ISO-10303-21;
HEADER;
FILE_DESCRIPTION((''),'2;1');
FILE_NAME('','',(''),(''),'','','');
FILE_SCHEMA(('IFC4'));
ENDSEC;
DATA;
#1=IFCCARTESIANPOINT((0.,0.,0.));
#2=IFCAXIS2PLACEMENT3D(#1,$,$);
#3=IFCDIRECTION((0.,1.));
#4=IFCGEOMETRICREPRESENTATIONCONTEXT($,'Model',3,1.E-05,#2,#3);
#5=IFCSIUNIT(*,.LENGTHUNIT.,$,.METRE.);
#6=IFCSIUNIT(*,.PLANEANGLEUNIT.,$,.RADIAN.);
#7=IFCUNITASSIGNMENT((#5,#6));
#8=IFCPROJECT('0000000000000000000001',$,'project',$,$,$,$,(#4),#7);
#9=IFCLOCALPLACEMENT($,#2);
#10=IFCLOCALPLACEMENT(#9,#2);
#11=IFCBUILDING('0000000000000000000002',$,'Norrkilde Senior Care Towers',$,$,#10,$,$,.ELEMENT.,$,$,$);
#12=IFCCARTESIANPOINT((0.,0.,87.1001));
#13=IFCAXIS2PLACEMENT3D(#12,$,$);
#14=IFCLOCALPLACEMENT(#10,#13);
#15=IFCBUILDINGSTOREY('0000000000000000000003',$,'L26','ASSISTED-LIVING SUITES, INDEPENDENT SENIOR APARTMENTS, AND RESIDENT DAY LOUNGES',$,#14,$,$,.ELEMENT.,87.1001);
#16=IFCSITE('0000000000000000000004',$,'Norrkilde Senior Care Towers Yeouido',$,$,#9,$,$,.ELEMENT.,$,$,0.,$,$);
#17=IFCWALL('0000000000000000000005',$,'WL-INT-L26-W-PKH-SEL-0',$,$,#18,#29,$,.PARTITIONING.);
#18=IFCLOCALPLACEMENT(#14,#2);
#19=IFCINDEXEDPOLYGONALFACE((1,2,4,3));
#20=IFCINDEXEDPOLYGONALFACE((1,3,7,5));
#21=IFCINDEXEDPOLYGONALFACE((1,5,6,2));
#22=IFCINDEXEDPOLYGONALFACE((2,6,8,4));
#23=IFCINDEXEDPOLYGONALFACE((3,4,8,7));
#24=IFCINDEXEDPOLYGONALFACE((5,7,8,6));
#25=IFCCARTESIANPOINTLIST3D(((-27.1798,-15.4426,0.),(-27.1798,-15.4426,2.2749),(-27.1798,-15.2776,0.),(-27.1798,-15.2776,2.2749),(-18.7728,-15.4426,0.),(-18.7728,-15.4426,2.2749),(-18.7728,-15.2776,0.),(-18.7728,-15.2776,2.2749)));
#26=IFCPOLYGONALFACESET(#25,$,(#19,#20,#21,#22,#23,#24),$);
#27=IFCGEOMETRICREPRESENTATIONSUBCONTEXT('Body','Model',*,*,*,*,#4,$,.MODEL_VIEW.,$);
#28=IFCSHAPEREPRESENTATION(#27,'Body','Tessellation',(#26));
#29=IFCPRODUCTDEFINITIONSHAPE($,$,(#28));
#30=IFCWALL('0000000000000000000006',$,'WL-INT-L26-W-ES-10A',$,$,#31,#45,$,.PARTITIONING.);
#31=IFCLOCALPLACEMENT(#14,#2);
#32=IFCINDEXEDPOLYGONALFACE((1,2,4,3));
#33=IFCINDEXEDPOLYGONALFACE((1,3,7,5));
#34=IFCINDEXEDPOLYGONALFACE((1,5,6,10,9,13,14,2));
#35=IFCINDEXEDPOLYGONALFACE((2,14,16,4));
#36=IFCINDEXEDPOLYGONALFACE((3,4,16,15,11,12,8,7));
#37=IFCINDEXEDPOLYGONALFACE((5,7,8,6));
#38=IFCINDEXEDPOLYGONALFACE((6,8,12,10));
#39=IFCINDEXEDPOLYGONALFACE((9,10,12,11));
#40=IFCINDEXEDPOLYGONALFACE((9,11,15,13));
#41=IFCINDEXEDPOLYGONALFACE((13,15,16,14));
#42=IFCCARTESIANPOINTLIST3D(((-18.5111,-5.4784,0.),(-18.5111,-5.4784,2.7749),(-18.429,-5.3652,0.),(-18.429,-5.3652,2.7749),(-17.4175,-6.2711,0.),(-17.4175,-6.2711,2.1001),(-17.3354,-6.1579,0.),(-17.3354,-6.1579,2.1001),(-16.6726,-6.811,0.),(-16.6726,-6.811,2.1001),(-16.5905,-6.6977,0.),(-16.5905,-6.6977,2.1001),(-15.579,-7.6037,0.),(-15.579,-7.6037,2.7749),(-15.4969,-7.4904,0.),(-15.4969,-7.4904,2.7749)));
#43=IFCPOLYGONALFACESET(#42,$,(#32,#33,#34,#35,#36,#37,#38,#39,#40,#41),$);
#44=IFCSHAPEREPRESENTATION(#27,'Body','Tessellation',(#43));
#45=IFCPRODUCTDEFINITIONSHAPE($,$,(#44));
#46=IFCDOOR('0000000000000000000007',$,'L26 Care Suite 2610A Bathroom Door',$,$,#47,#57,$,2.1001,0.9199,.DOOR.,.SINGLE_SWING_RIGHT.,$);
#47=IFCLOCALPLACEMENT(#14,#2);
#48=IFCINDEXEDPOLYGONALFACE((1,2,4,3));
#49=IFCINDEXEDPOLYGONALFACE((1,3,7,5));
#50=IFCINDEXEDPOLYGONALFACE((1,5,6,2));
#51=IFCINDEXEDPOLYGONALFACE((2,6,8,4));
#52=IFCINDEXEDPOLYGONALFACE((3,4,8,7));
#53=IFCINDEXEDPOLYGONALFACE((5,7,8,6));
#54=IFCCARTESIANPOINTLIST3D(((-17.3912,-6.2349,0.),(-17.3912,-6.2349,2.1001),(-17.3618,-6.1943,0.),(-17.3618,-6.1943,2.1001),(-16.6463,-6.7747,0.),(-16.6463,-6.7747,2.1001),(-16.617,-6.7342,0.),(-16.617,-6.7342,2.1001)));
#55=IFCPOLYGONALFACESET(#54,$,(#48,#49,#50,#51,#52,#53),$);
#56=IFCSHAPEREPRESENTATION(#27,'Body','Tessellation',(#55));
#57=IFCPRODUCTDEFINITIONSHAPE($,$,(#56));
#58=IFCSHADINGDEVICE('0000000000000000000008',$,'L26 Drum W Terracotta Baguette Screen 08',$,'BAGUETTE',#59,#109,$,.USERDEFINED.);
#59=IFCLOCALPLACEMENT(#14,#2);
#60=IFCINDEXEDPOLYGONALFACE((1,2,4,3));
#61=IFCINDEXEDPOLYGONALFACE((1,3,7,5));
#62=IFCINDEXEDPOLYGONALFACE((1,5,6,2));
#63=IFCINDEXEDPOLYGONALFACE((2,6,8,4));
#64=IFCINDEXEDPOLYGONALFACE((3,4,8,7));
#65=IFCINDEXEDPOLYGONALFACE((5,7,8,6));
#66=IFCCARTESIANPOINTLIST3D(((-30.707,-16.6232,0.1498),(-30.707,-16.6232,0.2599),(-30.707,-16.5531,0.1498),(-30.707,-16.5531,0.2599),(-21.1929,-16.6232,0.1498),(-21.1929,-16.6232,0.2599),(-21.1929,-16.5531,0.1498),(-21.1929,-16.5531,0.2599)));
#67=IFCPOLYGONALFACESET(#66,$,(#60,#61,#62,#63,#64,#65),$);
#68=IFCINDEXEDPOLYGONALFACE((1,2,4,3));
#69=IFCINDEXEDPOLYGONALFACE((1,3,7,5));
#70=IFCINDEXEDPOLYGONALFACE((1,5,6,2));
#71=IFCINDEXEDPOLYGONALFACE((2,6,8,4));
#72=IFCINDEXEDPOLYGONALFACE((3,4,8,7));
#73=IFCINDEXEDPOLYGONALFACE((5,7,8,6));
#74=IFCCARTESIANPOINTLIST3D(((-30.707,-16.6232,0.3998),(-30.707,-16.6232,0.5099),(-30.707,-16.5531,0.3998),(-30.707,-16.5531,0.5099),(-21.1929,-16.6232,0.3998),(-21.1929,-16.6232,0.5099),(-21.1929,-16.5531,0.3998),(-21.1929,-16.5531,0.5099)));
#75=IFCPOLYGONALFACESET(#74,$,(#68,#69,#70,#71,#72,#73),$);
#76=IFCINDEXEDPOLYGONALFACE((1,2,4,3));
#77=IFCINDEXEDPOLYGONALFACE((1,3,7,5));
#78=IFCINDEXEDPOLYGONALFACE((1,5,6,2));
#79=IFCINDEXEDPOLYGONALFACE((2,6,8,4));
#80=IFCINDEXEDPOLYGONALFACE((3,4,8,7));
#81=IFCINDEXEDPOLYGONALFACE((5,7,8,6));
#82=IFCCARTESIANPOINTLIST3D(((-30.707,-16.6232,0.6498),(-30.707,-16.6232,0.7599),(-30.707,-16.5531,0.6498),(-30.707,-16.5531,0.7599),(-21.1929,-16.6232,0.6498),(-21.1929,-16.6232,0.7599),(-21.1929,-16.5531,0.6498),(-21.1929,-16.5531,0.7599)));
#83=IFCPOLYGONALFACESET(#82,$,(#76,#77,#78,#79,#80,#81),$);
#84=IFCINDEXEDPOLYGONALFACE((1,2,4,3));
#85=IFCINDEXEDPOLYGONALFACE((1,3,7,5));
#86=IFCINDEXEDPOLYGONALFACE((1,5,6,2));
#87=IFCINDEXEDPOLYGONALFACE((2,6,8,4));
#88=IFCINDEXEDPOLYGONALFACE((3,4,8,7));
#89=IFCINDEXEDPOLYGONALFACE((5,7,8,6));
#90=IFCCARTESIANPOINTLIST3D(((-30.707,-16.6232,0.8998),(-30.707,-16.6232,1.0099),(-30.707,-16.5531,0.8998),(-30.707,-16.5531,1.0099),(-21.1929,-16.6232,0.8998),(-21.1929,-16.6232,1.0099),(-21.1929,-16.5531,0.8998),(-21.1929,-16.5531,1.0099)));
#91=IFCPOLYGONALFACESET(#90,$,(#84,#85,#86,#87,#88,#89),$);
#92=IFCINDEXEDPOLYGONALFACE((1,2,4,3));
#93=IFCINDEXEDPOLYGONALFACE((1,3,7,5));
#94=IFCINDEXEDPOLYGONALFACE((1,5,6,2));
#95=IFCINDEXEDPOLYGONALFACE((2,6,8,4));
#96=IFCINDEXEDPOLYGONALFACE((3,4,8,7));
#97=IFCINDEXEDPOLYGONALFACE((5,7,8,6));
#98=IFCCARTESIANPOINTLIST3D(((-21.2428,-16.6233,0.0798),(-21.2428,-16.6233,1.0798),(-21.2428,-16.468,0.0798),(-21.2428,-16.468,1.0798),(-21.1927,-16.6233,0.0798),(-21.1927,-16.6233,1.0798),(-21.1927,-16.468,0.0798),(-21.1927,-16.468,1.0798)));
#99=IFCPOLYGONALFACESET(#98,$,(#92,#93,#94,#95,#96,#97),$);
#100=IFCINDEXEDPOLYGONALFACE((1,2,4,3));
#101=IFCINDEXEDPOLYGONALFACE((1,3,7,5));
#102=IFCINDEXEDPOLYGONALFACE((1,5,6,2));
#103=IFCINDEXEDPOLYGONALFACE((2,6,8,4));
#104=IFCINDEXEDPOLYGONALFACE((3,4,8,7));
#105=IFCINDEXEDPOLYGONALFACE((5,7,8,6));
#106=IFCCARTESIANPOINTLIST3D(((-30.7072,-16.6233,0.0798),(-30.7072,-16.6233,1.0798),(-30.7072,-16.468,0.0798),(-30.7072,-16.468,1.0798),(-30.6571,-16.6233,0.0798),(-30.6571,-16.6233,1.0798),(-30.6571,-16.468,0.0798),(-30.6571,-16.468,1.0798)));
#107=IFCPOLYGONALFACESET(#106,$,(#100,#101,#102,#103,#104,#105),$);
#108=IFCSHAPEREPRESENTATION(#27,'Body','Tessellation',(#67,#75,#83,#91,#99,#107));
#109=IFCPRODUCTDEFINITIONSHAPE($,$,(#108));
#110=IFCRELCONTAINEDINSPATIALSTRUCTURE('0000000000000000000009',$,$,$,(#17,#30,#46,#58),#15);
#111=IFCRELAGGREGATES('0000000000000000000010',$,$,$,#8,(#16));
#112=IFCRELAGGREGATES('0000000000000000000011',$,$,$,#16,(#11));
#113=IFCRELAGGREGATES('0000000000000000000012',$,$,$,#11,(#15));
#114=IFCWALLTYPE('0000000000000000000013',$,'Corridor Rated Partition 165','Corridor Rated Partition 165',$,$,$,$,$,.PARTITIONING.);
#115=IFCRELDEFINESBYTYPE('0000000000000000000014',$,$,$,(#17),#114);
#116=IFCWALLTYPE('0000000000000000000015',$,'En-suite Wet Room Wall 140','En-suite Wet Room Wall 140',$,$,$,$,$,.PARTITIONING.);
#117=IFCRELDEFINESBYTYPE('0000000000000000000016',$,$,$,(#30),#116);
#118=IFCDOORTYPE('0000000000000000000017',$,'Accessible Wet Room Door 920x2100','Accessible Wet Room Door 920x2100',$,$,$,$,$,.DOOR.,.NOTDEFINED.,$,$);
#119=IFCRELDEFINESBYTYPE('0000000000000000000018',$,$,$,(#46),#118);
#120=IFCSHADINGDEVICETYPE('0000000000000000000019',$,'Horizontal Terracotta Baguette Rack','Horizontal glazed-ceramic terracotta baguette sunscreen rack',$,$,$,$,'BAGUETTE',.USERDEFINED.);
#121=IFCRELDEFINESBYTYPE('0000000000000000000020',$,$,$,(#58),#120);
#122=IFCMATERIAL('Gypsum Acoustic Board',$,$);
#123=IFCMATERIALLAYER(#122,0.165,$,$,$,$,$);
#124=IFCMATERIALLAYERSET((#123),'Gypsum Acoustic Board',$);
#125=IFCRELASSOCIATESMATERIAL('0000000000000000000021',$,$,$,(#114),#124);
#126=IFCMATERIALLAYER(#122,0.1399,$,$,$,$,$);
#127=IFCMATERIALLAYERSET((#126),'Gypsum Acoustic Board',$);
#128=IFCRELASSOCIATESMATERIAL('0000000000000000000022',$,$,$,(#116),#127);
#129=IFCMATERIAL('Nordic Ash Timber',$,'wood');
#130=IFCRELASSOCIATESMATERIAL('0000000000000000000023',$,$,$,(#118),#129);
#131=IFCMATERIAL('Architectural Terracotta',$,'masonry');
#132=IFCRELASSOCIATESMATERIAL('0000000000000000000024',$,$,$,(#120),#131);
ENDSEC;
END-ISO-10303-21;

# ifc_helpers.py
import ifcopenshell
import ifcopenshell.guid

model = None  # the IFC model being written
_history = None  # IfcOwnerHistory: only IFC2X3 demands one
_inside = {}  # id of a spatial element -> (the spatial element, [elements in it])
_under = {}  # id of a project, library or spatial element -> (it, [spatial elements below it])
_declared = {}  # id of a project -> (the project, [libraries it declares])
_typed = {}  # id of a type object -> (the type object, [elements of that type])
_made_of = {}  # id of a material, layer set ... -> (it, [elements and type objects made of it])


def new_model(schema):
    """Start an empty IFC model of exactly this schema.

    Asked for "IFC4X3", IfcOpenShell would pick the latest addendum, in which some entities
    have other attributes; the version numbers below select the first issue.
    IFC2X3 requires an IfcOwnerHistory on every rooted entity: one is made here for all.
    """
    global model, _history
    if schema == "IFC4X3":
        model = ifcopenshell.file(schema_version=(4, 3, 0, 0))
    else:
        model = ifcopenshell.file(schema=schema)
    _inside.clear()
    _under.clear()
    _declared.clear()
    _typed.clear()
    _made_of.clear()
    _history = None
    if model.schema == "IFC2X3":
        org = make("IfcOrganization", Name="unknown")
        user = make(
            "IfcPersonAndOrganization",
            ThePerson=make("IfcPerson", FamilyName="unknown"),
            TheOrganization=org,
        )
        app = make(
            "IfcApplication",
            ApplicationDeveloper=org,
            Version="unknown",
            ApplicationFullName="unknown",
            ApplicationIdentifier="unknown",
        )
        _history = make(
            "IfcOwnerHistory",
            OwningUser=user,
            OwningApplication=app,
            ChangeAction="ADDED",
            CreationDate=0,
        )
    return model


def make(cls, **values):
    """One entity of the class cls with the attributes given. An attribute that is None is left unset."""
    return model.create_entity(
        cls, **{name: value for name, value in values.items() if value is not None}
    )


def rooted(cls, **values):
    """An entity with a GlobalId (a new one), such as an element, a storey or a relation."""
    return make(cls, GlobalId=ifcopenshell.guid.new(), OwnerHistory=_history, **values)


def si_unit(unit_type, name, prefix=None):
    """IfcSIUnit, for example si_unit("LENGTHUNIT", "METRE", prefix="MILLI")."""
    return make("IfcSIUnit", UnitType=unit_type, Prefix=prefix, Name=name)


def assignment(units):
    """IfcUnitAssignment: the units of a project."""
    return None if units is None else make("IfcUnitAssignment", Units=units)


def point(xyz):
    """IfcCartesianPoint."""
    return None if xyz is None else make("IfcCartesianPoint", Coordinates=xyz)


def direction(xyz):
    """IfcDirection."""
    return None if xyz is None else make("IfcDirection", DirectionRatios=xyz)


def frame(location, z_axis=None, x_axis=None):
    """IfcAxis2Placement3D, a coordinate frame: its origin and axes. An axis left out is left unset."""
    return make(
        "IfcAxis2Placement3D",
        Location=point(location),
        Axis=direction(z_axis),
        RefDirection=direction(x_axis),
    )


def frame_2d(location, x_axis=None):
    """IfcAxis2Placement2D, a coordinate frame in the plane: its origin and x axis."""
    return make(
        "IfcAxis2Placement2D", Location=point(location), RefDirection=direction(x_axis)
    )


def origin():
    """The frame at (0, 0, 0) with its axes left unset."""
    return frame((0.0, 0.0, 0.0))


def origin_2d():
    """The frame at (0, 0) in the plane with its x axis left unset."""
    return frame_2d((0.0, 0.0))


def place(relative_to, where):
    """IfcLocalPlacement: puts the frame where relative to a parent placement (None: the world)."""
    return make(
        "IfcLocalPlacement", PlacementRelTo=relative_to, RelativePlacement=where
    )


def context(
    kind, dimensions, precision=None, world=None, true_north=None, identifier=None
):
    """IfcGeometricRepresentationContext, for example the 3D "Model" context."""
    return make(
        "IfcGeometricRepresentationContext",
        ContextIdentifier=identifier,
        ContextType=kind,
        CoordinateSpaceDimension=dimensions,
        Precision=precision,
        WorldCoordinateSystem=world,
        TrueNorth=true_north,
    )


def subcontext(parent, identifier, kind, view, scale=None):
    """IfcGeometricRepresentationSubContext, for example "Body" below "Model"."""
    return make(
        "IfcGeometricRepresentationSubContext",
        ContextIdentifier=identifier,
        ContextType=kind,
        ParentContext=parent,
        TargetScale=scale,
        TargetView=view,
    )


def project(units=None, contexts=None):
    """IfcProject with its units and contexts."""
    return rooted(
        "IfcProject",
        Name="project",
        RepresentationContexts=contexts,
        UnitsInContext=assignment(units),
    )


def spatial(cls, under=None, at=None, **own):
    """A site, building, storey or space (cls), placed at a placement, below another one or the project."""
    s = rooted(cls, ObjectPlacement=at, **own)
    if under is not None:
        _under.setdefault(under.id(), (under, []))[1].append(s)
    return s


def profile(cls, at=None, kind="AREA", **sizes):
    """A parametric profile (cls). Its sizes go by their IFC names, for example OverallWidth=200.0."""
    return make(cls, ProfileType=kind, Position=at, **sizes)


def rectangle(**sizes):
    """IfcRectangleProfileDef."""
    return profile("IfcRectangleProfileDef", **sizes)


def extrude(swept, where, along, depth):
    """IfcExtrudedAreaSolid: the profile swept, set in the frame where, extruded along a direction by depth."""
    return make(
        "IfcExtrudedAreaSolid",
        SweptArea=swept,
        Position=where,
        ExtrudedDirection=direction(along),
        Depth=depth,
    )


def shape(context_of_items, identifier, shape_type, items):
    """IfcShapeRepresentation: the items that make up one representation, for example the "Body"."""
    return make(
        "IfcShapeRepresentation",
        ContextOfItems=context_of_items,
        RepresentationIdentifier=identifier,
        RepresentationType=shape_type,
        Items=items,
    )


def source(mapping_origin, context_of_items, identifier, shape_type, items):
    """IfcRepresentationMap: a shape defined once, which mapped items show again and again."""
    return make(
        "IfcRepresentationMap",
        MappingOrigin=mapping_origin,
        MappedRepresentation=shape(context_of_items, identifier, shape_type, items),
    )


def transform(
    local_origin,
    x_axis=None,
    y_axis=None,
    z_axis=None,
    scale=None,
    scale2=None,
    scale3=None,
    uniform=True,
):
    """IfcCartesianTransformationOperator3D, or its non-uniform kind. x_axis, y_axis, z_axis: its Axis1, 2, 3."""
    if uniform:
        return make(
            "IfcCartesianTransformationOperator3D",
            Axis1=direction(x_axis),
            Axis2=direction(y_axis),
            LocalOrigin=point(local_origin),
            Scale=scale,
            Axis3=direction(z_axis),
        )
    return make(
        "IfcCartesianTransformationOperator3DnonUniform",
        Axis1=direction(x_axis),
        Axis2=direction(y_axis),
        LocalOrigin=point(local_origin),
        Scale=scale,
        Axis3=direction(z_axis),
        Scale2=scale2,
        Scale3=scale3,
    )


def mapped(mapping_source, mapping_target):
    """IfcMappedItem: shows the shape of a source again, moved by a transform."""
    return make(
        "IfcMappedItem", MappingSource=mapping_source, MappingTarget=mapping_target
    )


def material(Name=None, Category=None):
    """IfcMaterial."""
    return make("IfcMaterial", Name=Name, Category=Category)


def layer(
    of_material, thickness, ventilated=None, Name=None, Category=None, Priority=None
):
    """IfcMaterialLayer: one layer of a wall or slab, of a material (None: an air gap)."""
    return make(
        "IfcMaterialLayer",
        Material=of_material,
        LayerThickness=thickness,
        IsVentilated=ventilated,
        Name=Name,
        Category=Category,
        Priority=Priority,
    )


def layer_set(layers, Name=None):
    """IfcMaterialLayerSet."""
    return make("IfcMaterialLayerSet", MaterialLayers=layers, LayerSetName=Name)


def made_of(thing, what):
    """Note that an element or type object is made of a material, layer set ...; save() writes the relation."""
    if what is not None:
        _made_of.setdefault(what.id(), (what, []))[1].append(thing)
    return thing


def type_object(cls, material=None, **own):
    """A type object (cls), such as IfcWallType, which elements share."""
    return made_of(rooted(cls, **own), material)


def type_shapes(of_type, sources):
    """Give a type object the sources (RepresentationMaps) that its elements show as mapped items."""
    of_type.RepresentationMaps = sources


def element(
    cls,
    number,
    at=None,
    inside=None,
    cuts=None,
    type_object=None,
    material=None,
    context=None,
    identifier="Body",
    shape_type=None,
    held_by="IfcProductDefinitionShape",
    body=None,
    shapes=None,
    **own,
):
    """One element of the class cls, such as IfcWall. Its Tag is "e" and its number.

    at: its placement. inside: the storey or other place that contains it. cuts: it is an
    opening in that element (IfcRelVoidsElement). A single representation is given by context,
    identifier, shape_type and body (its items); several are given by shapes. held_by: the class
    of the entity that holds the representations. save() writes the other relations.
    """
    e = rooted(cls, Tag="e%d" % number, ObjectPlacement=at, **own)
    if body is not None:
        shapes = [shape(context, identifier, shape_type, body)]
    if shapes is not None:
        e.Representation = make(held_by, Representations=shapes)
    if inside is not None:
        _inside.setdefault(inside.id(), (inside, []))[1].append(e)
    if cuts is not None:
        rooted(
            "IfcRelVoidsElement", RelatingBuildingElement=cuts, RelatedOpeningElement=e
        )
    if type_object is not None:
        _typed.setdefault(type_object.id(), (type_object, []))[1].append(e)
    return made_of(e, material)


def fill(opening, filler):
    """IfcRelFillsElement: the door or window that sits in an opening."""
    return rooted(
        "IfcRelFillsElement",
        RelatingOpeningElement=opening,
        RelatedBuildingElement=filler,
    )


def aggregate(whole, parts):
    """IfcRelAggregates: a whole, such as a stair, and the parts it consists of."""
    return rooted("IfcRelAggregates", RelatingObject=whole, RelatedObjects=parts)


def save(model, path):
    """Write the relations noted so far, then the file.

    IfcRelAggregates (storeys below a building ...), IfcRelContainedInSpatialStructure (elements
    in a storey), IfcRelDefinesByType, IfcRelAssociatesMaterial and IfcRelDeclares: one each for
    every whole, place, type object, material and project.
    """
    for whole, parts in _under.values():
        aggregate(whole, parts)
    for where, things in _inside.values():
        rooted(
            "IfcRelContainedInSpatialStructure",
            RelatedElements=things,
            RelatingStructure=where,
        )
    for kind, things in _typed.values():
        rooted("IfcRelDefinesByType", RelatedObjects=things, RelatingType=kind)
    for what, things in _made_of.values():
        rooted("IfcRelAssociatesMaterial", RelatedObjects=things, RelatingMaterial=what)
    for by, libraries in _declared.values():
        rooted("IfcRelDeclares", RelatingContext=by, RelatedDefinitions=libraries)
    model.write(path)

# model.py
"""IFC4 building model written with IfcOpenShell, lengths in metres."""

from ifc_helpers import new_model, si_unit, direction, frame, frame_2d, origin, origin_2d, place, context, subcontext, project, spatial, rectangle, extrude, source, transform, mapped, material, layer, layer_set, type_object, type_shapes, element, fill, save


model = new_model("IFC4")

# Units and contexts
model_context = context("Model", 3, precision=1e-05, world=origin(), true_north=direction((0.0, 1.0)))
body_context = subcontext(model_context, "Body", "Model", "MODEL_VIEW")
ifc_project = project(units=[si_unit("LENGTHUNIT", "METRE"), si_unit("PLANEANGLEUNIT", "RADIAN")], contexts=[model_context])

# Site, building, storey
site_placement = place(None, origin())
site = spatial("IfcSite", under=ifc_project, at=site_placement, Name="Norrkilde Senior Care Towers Yeouido", CompositionType="ELEMENT", RefElevation=0.0)
building_placement = place(site_placement, origin())
building = spatial("IfcBuilding", under=site, at=building_placement, Name="Norrkilde Senior Care Towers", CompositionType="ELEMENT")
storey_placement = place(building_placement, frame((0.0, 0.0, 87.1001)))
storey = spatial("IfcBuildingStorey", under=building, at=storey_placement, Name="L26", Description="ASSISTED-LIVING SUITES, INDEPENDENT SENIOR APARTMENTS, AND RESIDENT DAY LOUNGES", CompositionType="ELEMENT", Elevation=87.1001)

# Shared definitions
ifc_material_1 = material(Name="Gypsum Acoustic Board")
ifc_layer_1 = layer(ifc_material_1, 0.165)
ifc_layer_set_1 = layer_set([ifc_layer_1], Name="Gypsum Acoustic Board")
wall_type_1 = type_object("IfcWallType", Name="Corridor Rated Partition 165", Description="Corridor Rated Partition 165", PredefinedType="PARTITIONING", material=ifc_layer_set_1)

# Shared definitions
ifc_layer_2 = layer(ifc_material_1, 0.1399)
ifc_layer_set_2 = layer_set([ifc_layer_2], Name="Gypsum Acoustic Board")
wall_type_2 = type_object("IfcWallType", Name="En-suite Wet Room Wall 140", Description="En-suite Wet Room Wall 140", PredefinedType="PARTITIONING", material=ifc_layer_set_2)

# Shared definitions
ifc_material_2 = material(Name="Nordic Ash Timber", Category="wood")

# Wall
shared_shape_1 = source(origin(), body_context, "Body", "SweptSolid", [
    extrude(rectangle(XDim=8.407, YDim=0.165, at=frame_2d((4.2036, 0.0))), origin(), (0.0, 0.0, 1.0), 2.2749),
])
wall_1_placement = place(storey_placement, frame((-27.1799, -15.3601, 0.0), z_axis=(0.0, 0.0, 1.0), x_axis=(1.0, 0.0, 0.0)))
element("IfcWall", 1, at=wall_1_placement, inside=storey, type_object=wall_type_1, Name="WL-INT-L26-W-PKH-SEL-0", PredefinedType="PARTITIONING", context=body_context, shape_type="MappedRepresentation", body=[
    mapped(shared_shape_1, transform((0.0, 0.0, 0.0), x_axis=(1.0, 0.0, 0.0), y_axis=(0.0, 1.0, 0.0), z_axis=(0.0, 0.0, 1.0), scale=1.0)),
])

# Wall, opening, door
shared_shape_2 = source(origin(), body_context, "Body", "SweptSolid", [
    extrude(rectangle(XDim=3.6213, YDim=0.1399, at=frame_2d((1.8105, 0.0))), origin(), (0.0, 0.0, 1.0), 2.7749),
])
wall_2_placement = place(storey_placement, frame((-18.47, -5.4219, 0.0), z_axis=(0.0, 0.0, 1.0), x_axis=(0.809683, -0.586868, 0.0)))
wall_2 = element("IfcWall", 2, at=wall_2_placement, inside=storey, type_object=wall_type_2, Name="WL-INT-L26-W-ES-10A", PredefinedType="PARTITIONING", context=body_context, shape_type="MappedRepresentation", body=[
    mapped(shared_shape_2, transform((0.0, 0.0, 0.0), x_axis=(1.0, 0.0, 0.0), y_axis=(0.0, 1.0, 0.0), z_axis=(0.0, 0.0, 1.0), scale=1.0)),
])
opening_1_placement = place(wall_2_placement, frame((1.3506, 0.0, 0.0)))
opening_1 = element("IfcOpeningElement", 3, at=opening_1_placement, cuts=wall_2, PredefinedType="OPENING", context=body_context, shape_type="SweptSolid", body=[
    extrude(rectangle(XDim=0.9199, YDim=2.1001, at=frame_2d((0.46, 1.05))), frame((0.0, 0.0798, 0.0), z_axis=(0.0, -1.0, 0.0), x_axis=(1.0, 0.0, 0.0)), (0.0, 0.0, 1.0), 0.1599),
])
door_type_1 = type_object("IfcDoorType", Name="Accessible Wet Room Door 920x2100", Description="Accessible Wet Room Door 920x2100", OperationType="NOTDEFINED", PredefinedType="DOOR", material=ifc_material_2)
shared_shape_3 = source(origin(), body_context, "Body", "SweptSolid", [
    extrude(rectangle(XDim=0.9199, YDim=2.1001, at=frame_2d((0.46, 1.05))), frame((0.0, 0.0249, 0.0), z_axis=(0.0, -1.0, 0.0), x_axis=(1.0, 0.0, 0.0)), (0.0, 0.0, 1.0), 0.05),
])
type_shapes(door_type_1, [shared_shape_3])
door_1_placement = place(opening_1_placement, origin())
door_1 = element("IfcDoor", 4, at=door_1_placement, inside=storey, type_object=door_type_1, Name="L26 Care Suite 2610A Bathroom Door", OperationType="SINGLE_SWING_RIGHT", OverallHeight=2.1001, OverallWidth=0.9199, PredefinedType="DOOR", context=body_context, shape_type="MappedRepresentation", body=[
    mapped(shared_shape_3, transform((0.0, 0.0, 0.0), x_axis=(1.0, 0.0, 0.0), y_axis=(0.0, 1.0, 0.0), z_axis=(0.0, 0.0, 1.0), scale=1.0)),
])
fill(opening_1, door_1)

# Shading device
ifc_material_3 = material(Name="Architectural Terracotta", Category="masonry")
shading_device_type = type_object("IfcShadingDeviceType", Name="Horizontal Terracotta Baguette Rack", Description="Horizontal glazed-ceramic terracotta baguette sunscreen rack", ElementType="BAGUETTE", PredefinedType="USERDEFINED", material=ifc_material_3)
shared_shape_4 = source(origin(), body_context, "Body", "SweptSolid", [
    extrude(rectangle(XDim=0.0701, YDim=0.1101, at=origin_2d()), frame((0.0, 0.0901, 0.125), z_axis=(1.0, 0.0, 0.0), x_axis=(0.0, 1.0, 0.0)), (0.0, 0.0, 1.0), 9.5142),
    extrude(rectangle(XDim=0.0701, YDim=0.1101, at=origin_2d()), frame((0.0, 0.0901, 0.375), z_axis=(1.0, 0.0, 0.0), x_axis=(0.0, 1.0, 0.0)), (0.0, 0.0, 1.0), 9.5142),
    extrude(rectangle(XDim=0.0701, YDim=0.1101, at=origin_2d()), frame((0.0, 0.0901, 0.625), z_axis=(1.0, 0.0, 0.0), x_axis=(0.0, 1.0, 0.0)), (0.0, 0.0, 1.0), 9.5142),
    extrude(rectangle(XDim=0.0701, YDim=0.1101, at=origin_2d()), frame((0.0, 0.0901, 0.875), z_axis=(1.0, 0.0, 0.0), x_axis=(0.0, 1.0, 0.0)), (0.0, 0.0, 1.0), 9.5142),
    extrude(rectangle(XDim=0.05, YDim=0.1553, at=origin_2d()), frame((0.0249, 0.0476, 0.0)), (0.0, 0.0, 1.0), 1.0),
    extrude(rectangle(XDim=0.05, YDim=0.1553, at=origin_2d()), frame((9.4893, 0.0476, 0.0)), (0.0, 0.0, 1.0), 1.0),
])
type_shapes(shading_device_type, [shared_shape_4])
shading_device_placement = place(storey_placement, frame((-21.1929, -16.498, 0.0798), z_axis=(0.0, 0.0, 1.0), x_axis=(-1.0, 0.0, 0.0)))
element("IfcShadingDevice", 5, at=shading_device_placement, inside=storey, type_object=shading_device_type, Name="L26 Drum W Terracotta Baguette Screen 08", ObjectType="BAGUETTE", PredefinedType="USERDEFINED", context=body_context, shape_type="MappedRepresentation", body=[
    mapped(shared_shape_4, transform((0.0, 0.0, 0.0), x_axis=(1.0, 0.0, 0.0), y_axis=(0.0, 1.0, 0.0), z_axis=(0.0, 0.0, 1.0), scale=1.0)),
])

save(model, "model.ifc")
